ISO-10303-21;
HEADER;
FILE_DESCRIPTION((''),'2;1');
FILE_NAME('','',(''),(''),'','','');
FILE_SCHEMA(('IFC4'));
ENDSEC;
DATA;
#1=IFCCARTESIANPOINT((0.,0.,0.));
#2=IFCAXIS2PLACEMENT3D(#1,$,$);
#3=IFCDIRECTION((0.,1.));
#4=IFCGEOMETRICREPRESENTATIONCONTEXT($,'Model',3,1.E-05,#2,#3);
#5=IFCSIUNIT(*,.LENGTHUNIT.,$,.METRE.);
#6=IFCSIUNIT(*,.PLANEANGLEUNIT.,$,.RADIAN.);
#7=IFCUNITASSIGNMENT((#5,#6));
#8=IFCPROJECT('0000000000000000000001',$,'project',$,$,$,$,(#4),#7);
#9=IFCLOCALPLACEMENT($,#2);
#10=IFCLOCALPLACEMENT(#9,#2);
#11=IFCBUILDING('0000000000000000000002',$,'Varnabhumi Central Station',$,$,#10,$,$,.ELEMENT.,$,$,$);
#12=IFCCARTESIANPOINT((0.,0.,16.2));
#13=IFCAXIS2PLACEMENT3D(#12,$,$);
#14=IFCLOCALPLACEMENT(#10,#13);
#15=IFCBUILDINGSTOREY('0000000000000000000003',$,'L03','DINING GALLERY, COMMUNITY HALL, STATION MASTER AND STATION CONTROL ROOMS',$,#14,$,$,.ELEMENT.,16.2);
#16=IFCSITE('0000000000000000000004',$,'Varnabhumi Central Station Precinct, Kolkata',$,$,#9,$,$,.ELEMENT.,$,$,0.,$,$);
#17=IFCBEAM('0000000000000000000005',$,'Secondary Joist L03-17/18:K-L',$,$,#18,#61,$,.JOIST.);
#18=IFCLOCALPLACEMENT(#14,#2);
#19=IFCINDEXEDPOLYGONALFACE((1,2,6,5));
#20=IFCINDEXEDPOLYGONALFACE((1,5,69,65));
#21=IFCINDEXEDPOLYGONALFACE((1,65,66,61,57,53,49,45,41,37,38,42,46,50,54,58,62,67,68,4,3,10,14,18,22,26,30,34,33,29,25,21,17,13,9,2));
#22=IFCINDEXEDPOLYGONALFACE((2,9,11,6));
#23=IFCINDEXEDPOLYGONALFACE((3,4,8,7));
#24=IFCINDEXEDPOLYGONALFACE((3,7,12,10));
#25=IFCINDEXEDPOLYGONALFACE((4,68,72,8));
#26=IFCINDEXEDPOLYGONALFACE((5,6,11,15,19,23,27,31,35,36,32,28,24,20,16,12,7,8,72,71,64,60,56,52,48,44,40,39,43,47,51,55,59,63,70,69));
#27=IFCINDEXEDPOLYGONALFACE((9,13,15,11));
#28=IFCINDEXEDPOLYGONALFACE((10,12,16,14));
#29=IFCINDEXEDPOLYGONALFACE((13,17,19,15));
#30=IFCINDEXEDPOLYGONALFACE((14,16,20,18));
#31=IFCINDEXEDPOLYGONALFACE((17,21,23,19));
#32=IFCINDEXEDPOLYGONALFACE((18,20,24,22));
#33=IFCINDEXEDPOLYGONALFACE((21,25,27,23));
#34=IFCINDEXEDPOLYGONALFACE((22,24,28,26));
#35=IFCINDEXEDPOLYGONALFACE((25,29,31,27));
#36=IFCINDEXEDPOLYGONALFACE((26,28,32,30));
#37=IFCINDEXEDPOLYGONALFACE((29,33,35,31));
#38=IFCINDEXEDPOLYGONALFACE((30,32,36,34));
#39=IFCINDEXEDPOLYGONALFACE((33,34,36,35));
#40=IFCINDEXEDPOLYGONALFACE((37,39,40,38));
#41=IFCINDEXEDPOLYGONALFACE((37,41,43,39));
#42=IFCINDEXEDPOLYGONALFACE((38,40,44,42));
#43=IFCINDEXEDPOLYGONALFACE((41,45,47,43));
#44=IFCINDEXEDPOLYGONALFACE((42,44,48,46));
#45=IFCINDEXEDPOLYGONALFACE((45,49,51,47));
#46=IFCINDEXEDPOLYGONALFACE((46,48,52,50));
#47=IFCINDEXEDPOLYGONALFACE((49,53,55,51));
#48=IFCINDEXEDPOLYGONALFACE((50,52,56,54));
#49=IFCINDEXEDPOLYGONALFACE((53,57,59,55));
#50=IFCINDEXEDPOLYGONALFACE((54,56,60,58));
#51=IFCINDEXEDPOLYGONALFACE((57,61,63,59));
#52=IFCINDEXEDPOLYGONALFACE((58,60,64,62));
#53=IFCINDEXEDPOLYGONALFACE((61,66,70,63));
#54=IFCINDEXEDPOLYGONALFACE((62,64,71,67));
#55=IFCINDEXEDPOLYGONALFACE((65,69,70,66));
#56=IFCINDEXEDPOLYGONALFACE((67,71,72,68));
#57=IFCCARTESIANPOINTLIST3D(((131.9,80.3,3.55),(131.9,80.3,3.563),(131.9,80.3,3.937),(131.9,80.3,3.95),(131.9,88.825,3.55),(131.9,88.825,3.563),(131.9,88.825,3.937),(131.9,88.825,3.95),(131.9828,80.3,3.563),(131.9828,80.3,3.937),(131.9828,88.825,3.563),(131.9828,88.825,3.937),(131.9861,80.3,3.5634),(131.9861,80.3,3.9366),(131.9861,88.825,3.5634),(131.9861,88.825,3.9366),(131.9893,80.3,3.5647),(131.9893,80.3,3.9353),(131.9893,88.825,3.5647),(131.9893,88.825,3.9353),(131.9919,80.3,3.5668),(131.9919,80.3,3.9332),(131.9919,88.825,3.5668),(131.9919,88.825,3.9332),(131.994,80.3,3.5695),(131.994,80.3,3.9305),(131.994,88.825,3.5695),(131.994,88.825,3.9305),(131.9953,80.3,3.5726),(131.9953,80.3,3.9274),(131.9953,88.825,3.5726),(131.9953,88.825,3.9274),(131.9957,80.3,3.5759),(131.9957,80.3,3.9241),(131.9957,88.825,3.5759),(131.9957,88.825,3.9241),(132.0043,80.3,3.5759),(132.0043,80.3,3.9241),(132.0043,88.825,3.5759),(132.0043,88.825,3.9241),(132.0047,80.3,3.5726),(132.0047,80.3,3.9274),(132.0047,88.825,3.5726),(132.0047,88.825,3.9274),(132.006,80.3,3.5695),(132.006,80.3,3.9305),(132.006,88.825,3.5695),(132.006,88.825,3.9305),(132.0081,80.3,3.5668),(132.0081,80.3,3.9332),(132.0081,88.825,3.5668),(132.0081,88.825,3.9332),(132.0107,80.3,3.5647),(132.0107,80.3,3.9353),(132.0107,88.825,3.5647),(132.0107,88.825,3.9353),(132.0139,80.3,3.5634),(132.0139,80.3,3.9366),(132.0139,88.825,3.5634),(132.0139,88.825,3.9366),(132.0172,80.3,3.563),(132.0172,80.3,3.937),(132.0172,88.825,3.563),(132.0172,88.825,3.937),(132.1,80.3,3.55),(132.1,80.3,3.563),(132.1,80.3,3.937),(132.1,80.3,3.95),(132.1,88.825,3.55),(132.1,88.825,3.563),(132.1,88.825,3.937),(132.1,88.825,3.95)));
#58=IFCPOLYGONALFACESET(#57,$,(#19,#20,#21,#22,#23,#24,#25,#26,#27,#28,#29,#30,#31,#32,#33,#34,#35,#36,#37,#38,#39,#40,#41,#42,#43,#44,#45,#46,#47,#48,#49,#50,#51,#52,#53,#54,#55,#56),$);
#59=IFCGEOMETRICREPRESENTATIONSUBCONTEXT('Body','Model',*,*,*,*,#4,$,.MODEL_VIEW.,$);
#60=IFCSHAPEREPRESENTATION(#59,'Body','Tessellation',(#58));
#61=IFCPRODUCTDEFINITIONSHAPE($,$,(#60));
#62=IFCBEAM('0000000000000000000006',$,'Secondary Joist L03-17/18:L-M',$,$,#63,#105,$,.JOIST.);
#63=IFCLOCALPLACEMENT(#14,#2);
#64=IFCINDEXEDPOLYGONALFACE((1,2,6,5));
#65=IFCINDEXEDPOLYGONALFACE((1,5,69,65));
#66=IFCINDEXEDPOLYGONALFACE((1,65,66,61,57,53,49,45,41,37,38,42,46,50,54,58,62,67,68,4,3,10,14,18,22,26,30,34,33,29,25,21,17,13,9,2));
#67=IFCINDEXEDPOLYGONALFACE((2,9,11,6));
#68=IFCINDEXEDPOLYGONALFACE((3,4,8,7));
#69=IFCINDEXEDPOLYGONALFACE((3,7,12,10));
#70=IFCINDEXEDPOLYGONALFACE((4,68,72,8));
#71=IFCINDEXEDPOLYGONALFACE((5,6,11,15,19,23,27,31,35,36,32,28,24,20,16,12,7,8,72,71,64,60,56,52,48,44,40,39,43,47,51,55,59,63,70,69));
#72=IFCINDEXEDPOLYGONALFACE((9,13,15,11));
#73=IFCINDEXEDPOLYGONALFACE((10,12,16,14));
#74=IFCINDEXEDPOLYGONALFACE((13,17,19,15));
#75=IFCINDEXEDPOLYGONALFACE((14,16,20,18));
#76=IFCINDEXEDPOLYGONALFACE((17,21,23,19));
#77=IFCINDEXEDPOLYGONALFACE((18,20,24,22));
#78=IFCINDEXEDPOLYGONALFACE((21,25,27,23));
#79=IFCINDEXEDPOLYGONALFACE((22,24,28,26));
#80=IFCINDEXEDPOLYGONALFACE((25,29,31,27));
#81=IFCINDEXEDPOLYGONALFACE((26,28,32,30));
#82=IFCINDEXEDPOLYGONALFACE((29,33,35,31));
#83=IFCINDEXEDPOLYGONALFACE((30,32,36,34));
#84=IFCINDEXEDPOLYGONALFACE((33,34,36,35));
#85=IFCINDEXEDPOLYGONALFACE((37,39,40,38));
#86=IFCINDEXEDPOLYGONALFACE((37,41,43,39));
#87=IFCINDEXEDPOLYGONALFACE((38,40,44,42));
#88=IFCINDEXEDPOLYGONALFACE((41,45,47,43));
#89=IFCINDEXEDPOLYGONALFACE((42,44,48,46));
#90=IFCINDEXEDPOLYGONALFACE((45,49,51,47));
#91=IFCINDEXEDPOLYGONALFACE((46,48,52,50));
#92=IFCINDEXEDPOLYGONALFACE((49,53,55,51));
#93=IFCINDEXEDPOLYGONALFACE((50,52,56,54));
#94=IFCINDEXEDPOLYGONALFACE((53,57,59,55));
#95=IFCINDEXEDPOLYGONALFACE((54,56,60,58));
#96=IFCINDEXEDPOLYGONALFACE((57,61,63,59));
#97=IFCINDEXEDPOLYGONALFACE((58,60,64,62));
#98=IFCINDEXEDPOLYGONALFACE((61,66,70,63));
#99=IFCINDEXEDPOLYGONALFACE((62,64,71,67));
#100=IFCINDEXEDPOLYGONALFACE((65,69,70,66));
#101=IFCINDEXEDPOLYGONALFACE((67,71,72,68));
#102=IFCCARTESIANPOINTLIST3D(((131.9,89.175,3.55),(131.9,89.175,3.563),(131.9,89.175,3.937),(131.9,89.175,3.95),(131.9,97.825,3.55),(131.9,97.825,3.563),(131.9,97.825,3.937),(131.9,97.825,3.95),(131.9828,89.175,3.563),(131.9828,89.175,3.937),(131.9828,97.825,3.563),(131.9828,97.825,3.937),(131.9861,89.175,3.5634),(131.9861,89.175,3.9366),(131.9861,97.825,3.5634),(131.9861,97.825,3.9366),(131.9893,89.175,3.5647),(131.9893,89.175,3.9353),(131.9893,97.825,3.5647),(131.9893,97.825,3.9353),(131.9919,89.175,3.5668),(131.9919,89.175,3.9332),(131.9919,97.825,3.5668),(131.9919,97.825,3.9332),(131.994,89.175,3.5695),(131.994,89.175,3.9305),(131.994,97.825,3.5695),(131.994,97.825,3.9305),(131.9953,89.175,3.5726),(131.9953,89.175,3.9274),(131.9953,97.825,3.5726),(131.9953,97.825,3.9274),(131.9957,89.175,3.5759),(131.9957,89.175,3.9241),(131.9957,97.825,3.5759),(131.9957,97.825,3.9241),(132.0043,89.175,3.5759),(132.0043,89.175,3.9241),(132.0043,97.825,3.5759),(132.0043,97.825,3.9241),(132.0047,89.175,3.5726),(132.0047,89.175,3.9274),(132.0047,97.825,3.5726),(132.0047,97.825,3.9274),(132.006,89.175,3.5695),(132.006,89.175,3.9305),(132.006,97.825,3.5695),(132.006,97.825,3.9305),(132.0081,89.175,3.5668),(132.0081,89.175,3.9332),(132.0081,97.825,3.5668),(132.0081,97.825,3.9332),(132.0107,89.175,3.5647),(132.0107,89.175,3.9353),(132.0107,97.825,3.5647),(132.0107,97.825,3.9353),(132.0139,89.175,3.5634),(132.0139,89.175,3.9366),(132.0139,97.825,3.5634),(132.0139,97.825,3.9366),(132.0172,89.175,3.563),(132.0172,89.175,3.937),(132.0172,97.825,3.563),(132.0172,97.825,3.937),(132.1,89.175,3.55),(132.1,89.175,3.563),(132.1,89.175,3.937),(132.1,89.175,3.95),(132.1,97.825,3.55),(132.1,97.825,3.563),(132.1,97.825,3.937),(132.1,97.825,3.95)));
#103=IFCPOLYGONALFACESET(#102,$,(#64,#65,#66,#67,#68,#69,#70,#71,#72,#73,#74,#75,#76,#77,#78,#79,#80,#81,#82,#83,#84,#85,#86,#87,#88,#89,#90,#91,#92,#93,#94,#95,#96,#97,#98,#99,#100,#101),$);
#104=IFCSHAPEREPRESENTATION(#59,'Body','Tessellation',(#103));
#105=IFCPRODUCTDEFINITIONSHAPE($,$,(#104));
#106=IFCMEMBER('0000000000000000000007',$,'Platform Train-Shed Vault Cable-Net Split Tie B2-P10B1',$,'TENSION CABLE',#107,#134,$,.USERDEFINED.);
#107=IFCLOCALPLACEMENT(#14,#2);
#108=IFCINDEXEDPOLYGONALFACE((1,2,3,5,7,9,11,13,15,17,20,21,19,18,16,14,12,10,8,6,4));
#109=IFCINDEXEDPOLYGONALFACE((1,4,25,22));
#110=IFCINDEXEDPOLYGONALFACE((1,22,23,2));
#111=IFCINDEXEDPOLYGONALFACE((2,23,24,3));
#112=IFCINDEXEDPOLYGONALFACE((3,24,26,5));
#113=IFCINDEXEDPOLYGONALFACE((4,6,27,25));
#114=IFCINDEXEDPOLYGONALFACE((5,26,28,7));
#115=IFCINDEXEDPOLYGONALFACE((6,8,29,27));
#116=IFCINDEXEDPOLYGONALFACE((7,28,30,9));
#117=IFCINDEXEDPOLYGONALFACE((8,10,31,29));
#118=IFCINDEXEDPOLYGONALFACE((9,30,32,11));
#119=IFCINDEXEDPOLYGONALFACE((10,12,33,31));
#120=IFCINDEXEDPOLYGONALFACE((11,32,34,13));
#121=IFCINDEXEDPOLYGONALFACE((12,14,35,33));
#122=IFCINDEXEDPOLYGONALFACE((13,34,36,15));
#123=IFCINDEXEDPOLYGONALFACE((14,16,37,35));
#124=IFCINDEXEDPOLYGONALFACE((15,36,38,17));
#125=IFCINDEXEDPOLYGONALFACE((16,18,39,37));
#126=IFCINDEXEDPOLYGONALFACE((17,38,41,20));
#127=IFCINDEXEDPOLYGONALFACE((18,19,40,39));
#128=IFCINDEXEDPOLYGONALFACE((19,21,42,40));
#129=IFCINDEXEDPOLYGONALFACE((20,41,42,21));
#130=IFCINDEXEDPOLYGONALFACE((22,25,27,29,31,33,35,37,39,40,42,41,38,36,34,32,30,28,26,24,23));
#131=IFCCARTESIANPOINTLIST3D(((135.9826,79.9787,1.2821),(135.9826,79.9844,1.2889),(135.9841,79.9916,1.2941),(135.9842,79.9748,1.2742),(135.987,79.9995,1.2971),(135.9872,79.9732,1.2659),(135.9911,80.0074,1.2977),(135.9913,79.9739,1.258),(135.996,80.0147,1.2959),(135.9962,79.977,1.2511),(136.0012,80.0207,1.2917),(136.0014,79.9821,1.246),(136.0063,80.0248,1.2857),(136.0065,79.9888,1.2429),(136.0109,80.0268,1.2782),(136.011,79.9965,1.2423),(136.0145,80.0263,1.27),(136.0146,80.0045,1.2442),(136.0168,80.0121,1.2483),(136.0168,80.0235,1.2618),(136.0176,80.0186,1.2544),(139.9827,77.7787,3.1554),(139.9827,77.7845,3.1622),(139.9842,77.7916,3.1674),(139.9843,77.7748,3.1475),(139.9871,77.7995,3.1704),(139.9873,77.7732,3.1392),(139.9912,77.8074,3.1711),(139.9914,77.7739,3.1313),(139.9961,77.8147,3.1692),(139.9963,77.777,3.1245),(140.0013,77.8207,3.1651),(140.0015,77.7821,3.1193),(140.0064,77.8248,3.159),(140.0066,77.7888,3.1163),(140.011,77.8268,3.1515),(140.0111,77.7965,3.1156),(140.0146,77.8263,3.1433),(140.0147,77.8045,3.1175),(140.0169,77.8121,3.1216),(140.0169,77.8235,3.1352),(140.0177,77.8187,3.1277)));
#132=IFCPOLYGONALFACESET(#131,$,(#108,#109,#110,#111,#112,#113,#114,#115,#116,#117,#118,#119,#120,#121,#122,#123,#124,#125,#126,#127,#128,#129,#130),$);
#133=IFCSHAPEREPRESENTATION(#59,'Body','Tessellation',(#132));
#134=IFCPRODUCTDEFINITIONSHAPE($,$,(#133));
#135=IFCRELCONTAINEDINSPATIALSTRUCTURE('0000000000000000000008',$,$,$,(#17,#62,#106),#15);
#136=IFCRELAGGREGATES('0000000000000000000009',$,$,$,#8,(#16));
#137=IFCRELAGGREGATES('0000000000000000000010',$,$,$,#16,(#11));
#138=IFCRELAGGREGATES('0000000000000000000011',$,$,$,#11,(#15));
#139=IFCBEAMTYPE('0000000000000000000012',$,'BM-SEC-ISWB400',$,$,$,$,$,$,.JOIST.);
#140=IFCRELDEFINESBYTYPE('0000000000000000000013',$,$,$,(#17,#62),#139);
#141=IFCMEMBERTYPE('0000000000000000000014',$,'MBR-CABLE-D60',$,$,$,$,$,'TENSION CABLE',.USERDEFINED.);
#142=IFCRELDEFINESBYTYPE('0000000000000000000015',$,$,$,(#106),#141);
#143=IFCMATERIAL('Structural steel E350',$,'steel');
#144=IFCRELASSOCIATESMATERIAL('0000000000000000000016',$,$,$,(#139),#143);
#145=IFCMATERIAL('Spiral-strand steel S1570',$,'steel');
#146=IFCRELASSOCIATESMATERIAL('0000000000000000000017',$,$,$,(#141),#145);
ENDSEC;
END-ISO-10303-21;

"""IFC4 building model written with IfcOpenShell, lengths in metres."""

from ifc_helpers import new_model, si_unit, direction, frame, origin, origin_2d, place, context, subcontext, project, spatial, circle, i_section, extrude, material, material_profile, profile_set, type_object, element, save


model = new_model("IFC4")

# Units and contexts
model_context = context("Model", 3, precision=1e-05, world=origin(), true_north=direction((0.0, 1.0)))
body_context = subcontext(model_context, "Body", "Model", "MODEL_VIEW")
ifc_project = project(units=[si_unit("LENGTHUNIT", "METRE"), si_unit("PLANEANGLEUNIT", "RADIAN")], contexts=[model_context])

# Site, building, storey
site_placement = place(None, origin())
site = spatial("IfcSite", under=ifc_project, at=site_placement, Name="Varnabhumi Central Station Precinct, Kolkata", CompositionType="ELEMENT", RefElevation=0.0)
building_placement = place(site_placement, origin())
building = spatial("IfcBuilding", under=site, at=building_placement, Name="Varnabhumi Central Station", CompositionType="ELEMENT")
storey_placement = place(building_placement, frame((0.0, 0.0, 16.2)))
storey = spatial("IfcBuildingStorey", under=building, at=storey_placement, Name="L03", Description="DINING GALLERY, COMMUNITY HALL, STATION MASTER AND STATION CONTROL ROOMS", CompositionType="ELEMENT", Elevation=16.2)

# Shared definitions
ifc_material_1 = material(Name="Structural steel E350", Category="steel")

# Beams
ifc_material_profile_1 = material_profile(ifc_material_1, i_section(OverallWidth=0.2, OverallDepth=0.3999, WebThickness=0.0085, FlangeThickness=0.0129, FilletRadius=0.0129, at=origin_2d()), Name="Structural steel E350", Category="steel")
ifc_profile_set_1 = profile_set([ifc_material_profile_1], Name="Structural steel E350")
beam_type_1 = type_object("IfcBeamType", Name="BM-SEC-ISWB400", PredefinedType="JOIST", material=ifc_profile_set_1)
beam_1_placement = place(storey_placement, frame((132.0, 80.3, 3.75), z_axis=(0.0, 1.0, 0.0), x_axis=(-1.0, 0.0, 0.0)))
element("IfcBeam", 1, at=beam_1_placement, inside=storey, type_object=beam_type_1, Name="Secondary Joist L03-17/18:K-L", PredefinedType="JOIST", context=body_context, shape_type="SweptSolid", body=[
    extrude(i_section(OverallWidth=0.2, OverallDepth=0.3999, WebThickness=0.0085, FlangeThickness=0.0129, FilletRadius=0.0129, at=origin_2d()), origin(), (0.0, 0.0, 1.0), 8.5249),
])
beam_2_placement = place(storey_placement, frame((132.0, 89.175, 3.75), z_axis=(0.0, 1.0, 0.0), x_axis=(-1.0, 0.0, 0.0)))
element("IfcBeam", 2, at=beam_2_placement, inside=storey, type_object=beam_type_1, Name="Secondary Joist L03-17/18:L-M", PredefinedType="JOIST", context=body_context, shape_type="SweptSolid", body=[
    extrude(i_section(OverallWidth=0.2, OverallDepth=0.3999, WebThickness=0.0085, FlangeThickness=0.0129, FilletRadius=0.0129, at=origin_2d()), origin(), (0.0, 0.0, 1.0), 8.6499),
])

# Member
ifc_material_2 = material(Name="Spiral-strand steel S1570", Category="steel")
ifc_material_profile_2 = material_profile(ifc_material_2, circle(Radius=0.03, at=origin_2d()), Name="Spiral-strand steel S1570", Category="steel")
ifc_profile_set_2 = profile_set([ifc_material_profile_2], Name="Spiral-strand steel S1570")
member_type_1 = type_object("IfcMemberType", Name="MBR-CABLE-D60", ElementType="TENSION CABLE", PredefinedType="USERDEFINED", material=ifc_profile_set_2)
member_1_placement = place(storey_placement, frame((136.0, 80.0, 1.27), z_axis=(0.810624, -0.445833, 0.379634), x_axis=(0.481911, 0.87622, 0.0)))
element("IfcMember", 3, at=member_1_placement, inside=storey, type_object=member_type_1, Name="Platform Train-Shed Vault Cable-Net Split Tie B2-P10B1", ObjectType="TENSION CABLE", PredefinedType="USERDEFINED", context=body_context, shape_type="SweptSolid", body=[
    extrude(circle(Radius=0.03, at=origin_2d()), origin(), (0.0, 0.0, 1.0), 4.9346),
])

save(model, "model.ifc")
